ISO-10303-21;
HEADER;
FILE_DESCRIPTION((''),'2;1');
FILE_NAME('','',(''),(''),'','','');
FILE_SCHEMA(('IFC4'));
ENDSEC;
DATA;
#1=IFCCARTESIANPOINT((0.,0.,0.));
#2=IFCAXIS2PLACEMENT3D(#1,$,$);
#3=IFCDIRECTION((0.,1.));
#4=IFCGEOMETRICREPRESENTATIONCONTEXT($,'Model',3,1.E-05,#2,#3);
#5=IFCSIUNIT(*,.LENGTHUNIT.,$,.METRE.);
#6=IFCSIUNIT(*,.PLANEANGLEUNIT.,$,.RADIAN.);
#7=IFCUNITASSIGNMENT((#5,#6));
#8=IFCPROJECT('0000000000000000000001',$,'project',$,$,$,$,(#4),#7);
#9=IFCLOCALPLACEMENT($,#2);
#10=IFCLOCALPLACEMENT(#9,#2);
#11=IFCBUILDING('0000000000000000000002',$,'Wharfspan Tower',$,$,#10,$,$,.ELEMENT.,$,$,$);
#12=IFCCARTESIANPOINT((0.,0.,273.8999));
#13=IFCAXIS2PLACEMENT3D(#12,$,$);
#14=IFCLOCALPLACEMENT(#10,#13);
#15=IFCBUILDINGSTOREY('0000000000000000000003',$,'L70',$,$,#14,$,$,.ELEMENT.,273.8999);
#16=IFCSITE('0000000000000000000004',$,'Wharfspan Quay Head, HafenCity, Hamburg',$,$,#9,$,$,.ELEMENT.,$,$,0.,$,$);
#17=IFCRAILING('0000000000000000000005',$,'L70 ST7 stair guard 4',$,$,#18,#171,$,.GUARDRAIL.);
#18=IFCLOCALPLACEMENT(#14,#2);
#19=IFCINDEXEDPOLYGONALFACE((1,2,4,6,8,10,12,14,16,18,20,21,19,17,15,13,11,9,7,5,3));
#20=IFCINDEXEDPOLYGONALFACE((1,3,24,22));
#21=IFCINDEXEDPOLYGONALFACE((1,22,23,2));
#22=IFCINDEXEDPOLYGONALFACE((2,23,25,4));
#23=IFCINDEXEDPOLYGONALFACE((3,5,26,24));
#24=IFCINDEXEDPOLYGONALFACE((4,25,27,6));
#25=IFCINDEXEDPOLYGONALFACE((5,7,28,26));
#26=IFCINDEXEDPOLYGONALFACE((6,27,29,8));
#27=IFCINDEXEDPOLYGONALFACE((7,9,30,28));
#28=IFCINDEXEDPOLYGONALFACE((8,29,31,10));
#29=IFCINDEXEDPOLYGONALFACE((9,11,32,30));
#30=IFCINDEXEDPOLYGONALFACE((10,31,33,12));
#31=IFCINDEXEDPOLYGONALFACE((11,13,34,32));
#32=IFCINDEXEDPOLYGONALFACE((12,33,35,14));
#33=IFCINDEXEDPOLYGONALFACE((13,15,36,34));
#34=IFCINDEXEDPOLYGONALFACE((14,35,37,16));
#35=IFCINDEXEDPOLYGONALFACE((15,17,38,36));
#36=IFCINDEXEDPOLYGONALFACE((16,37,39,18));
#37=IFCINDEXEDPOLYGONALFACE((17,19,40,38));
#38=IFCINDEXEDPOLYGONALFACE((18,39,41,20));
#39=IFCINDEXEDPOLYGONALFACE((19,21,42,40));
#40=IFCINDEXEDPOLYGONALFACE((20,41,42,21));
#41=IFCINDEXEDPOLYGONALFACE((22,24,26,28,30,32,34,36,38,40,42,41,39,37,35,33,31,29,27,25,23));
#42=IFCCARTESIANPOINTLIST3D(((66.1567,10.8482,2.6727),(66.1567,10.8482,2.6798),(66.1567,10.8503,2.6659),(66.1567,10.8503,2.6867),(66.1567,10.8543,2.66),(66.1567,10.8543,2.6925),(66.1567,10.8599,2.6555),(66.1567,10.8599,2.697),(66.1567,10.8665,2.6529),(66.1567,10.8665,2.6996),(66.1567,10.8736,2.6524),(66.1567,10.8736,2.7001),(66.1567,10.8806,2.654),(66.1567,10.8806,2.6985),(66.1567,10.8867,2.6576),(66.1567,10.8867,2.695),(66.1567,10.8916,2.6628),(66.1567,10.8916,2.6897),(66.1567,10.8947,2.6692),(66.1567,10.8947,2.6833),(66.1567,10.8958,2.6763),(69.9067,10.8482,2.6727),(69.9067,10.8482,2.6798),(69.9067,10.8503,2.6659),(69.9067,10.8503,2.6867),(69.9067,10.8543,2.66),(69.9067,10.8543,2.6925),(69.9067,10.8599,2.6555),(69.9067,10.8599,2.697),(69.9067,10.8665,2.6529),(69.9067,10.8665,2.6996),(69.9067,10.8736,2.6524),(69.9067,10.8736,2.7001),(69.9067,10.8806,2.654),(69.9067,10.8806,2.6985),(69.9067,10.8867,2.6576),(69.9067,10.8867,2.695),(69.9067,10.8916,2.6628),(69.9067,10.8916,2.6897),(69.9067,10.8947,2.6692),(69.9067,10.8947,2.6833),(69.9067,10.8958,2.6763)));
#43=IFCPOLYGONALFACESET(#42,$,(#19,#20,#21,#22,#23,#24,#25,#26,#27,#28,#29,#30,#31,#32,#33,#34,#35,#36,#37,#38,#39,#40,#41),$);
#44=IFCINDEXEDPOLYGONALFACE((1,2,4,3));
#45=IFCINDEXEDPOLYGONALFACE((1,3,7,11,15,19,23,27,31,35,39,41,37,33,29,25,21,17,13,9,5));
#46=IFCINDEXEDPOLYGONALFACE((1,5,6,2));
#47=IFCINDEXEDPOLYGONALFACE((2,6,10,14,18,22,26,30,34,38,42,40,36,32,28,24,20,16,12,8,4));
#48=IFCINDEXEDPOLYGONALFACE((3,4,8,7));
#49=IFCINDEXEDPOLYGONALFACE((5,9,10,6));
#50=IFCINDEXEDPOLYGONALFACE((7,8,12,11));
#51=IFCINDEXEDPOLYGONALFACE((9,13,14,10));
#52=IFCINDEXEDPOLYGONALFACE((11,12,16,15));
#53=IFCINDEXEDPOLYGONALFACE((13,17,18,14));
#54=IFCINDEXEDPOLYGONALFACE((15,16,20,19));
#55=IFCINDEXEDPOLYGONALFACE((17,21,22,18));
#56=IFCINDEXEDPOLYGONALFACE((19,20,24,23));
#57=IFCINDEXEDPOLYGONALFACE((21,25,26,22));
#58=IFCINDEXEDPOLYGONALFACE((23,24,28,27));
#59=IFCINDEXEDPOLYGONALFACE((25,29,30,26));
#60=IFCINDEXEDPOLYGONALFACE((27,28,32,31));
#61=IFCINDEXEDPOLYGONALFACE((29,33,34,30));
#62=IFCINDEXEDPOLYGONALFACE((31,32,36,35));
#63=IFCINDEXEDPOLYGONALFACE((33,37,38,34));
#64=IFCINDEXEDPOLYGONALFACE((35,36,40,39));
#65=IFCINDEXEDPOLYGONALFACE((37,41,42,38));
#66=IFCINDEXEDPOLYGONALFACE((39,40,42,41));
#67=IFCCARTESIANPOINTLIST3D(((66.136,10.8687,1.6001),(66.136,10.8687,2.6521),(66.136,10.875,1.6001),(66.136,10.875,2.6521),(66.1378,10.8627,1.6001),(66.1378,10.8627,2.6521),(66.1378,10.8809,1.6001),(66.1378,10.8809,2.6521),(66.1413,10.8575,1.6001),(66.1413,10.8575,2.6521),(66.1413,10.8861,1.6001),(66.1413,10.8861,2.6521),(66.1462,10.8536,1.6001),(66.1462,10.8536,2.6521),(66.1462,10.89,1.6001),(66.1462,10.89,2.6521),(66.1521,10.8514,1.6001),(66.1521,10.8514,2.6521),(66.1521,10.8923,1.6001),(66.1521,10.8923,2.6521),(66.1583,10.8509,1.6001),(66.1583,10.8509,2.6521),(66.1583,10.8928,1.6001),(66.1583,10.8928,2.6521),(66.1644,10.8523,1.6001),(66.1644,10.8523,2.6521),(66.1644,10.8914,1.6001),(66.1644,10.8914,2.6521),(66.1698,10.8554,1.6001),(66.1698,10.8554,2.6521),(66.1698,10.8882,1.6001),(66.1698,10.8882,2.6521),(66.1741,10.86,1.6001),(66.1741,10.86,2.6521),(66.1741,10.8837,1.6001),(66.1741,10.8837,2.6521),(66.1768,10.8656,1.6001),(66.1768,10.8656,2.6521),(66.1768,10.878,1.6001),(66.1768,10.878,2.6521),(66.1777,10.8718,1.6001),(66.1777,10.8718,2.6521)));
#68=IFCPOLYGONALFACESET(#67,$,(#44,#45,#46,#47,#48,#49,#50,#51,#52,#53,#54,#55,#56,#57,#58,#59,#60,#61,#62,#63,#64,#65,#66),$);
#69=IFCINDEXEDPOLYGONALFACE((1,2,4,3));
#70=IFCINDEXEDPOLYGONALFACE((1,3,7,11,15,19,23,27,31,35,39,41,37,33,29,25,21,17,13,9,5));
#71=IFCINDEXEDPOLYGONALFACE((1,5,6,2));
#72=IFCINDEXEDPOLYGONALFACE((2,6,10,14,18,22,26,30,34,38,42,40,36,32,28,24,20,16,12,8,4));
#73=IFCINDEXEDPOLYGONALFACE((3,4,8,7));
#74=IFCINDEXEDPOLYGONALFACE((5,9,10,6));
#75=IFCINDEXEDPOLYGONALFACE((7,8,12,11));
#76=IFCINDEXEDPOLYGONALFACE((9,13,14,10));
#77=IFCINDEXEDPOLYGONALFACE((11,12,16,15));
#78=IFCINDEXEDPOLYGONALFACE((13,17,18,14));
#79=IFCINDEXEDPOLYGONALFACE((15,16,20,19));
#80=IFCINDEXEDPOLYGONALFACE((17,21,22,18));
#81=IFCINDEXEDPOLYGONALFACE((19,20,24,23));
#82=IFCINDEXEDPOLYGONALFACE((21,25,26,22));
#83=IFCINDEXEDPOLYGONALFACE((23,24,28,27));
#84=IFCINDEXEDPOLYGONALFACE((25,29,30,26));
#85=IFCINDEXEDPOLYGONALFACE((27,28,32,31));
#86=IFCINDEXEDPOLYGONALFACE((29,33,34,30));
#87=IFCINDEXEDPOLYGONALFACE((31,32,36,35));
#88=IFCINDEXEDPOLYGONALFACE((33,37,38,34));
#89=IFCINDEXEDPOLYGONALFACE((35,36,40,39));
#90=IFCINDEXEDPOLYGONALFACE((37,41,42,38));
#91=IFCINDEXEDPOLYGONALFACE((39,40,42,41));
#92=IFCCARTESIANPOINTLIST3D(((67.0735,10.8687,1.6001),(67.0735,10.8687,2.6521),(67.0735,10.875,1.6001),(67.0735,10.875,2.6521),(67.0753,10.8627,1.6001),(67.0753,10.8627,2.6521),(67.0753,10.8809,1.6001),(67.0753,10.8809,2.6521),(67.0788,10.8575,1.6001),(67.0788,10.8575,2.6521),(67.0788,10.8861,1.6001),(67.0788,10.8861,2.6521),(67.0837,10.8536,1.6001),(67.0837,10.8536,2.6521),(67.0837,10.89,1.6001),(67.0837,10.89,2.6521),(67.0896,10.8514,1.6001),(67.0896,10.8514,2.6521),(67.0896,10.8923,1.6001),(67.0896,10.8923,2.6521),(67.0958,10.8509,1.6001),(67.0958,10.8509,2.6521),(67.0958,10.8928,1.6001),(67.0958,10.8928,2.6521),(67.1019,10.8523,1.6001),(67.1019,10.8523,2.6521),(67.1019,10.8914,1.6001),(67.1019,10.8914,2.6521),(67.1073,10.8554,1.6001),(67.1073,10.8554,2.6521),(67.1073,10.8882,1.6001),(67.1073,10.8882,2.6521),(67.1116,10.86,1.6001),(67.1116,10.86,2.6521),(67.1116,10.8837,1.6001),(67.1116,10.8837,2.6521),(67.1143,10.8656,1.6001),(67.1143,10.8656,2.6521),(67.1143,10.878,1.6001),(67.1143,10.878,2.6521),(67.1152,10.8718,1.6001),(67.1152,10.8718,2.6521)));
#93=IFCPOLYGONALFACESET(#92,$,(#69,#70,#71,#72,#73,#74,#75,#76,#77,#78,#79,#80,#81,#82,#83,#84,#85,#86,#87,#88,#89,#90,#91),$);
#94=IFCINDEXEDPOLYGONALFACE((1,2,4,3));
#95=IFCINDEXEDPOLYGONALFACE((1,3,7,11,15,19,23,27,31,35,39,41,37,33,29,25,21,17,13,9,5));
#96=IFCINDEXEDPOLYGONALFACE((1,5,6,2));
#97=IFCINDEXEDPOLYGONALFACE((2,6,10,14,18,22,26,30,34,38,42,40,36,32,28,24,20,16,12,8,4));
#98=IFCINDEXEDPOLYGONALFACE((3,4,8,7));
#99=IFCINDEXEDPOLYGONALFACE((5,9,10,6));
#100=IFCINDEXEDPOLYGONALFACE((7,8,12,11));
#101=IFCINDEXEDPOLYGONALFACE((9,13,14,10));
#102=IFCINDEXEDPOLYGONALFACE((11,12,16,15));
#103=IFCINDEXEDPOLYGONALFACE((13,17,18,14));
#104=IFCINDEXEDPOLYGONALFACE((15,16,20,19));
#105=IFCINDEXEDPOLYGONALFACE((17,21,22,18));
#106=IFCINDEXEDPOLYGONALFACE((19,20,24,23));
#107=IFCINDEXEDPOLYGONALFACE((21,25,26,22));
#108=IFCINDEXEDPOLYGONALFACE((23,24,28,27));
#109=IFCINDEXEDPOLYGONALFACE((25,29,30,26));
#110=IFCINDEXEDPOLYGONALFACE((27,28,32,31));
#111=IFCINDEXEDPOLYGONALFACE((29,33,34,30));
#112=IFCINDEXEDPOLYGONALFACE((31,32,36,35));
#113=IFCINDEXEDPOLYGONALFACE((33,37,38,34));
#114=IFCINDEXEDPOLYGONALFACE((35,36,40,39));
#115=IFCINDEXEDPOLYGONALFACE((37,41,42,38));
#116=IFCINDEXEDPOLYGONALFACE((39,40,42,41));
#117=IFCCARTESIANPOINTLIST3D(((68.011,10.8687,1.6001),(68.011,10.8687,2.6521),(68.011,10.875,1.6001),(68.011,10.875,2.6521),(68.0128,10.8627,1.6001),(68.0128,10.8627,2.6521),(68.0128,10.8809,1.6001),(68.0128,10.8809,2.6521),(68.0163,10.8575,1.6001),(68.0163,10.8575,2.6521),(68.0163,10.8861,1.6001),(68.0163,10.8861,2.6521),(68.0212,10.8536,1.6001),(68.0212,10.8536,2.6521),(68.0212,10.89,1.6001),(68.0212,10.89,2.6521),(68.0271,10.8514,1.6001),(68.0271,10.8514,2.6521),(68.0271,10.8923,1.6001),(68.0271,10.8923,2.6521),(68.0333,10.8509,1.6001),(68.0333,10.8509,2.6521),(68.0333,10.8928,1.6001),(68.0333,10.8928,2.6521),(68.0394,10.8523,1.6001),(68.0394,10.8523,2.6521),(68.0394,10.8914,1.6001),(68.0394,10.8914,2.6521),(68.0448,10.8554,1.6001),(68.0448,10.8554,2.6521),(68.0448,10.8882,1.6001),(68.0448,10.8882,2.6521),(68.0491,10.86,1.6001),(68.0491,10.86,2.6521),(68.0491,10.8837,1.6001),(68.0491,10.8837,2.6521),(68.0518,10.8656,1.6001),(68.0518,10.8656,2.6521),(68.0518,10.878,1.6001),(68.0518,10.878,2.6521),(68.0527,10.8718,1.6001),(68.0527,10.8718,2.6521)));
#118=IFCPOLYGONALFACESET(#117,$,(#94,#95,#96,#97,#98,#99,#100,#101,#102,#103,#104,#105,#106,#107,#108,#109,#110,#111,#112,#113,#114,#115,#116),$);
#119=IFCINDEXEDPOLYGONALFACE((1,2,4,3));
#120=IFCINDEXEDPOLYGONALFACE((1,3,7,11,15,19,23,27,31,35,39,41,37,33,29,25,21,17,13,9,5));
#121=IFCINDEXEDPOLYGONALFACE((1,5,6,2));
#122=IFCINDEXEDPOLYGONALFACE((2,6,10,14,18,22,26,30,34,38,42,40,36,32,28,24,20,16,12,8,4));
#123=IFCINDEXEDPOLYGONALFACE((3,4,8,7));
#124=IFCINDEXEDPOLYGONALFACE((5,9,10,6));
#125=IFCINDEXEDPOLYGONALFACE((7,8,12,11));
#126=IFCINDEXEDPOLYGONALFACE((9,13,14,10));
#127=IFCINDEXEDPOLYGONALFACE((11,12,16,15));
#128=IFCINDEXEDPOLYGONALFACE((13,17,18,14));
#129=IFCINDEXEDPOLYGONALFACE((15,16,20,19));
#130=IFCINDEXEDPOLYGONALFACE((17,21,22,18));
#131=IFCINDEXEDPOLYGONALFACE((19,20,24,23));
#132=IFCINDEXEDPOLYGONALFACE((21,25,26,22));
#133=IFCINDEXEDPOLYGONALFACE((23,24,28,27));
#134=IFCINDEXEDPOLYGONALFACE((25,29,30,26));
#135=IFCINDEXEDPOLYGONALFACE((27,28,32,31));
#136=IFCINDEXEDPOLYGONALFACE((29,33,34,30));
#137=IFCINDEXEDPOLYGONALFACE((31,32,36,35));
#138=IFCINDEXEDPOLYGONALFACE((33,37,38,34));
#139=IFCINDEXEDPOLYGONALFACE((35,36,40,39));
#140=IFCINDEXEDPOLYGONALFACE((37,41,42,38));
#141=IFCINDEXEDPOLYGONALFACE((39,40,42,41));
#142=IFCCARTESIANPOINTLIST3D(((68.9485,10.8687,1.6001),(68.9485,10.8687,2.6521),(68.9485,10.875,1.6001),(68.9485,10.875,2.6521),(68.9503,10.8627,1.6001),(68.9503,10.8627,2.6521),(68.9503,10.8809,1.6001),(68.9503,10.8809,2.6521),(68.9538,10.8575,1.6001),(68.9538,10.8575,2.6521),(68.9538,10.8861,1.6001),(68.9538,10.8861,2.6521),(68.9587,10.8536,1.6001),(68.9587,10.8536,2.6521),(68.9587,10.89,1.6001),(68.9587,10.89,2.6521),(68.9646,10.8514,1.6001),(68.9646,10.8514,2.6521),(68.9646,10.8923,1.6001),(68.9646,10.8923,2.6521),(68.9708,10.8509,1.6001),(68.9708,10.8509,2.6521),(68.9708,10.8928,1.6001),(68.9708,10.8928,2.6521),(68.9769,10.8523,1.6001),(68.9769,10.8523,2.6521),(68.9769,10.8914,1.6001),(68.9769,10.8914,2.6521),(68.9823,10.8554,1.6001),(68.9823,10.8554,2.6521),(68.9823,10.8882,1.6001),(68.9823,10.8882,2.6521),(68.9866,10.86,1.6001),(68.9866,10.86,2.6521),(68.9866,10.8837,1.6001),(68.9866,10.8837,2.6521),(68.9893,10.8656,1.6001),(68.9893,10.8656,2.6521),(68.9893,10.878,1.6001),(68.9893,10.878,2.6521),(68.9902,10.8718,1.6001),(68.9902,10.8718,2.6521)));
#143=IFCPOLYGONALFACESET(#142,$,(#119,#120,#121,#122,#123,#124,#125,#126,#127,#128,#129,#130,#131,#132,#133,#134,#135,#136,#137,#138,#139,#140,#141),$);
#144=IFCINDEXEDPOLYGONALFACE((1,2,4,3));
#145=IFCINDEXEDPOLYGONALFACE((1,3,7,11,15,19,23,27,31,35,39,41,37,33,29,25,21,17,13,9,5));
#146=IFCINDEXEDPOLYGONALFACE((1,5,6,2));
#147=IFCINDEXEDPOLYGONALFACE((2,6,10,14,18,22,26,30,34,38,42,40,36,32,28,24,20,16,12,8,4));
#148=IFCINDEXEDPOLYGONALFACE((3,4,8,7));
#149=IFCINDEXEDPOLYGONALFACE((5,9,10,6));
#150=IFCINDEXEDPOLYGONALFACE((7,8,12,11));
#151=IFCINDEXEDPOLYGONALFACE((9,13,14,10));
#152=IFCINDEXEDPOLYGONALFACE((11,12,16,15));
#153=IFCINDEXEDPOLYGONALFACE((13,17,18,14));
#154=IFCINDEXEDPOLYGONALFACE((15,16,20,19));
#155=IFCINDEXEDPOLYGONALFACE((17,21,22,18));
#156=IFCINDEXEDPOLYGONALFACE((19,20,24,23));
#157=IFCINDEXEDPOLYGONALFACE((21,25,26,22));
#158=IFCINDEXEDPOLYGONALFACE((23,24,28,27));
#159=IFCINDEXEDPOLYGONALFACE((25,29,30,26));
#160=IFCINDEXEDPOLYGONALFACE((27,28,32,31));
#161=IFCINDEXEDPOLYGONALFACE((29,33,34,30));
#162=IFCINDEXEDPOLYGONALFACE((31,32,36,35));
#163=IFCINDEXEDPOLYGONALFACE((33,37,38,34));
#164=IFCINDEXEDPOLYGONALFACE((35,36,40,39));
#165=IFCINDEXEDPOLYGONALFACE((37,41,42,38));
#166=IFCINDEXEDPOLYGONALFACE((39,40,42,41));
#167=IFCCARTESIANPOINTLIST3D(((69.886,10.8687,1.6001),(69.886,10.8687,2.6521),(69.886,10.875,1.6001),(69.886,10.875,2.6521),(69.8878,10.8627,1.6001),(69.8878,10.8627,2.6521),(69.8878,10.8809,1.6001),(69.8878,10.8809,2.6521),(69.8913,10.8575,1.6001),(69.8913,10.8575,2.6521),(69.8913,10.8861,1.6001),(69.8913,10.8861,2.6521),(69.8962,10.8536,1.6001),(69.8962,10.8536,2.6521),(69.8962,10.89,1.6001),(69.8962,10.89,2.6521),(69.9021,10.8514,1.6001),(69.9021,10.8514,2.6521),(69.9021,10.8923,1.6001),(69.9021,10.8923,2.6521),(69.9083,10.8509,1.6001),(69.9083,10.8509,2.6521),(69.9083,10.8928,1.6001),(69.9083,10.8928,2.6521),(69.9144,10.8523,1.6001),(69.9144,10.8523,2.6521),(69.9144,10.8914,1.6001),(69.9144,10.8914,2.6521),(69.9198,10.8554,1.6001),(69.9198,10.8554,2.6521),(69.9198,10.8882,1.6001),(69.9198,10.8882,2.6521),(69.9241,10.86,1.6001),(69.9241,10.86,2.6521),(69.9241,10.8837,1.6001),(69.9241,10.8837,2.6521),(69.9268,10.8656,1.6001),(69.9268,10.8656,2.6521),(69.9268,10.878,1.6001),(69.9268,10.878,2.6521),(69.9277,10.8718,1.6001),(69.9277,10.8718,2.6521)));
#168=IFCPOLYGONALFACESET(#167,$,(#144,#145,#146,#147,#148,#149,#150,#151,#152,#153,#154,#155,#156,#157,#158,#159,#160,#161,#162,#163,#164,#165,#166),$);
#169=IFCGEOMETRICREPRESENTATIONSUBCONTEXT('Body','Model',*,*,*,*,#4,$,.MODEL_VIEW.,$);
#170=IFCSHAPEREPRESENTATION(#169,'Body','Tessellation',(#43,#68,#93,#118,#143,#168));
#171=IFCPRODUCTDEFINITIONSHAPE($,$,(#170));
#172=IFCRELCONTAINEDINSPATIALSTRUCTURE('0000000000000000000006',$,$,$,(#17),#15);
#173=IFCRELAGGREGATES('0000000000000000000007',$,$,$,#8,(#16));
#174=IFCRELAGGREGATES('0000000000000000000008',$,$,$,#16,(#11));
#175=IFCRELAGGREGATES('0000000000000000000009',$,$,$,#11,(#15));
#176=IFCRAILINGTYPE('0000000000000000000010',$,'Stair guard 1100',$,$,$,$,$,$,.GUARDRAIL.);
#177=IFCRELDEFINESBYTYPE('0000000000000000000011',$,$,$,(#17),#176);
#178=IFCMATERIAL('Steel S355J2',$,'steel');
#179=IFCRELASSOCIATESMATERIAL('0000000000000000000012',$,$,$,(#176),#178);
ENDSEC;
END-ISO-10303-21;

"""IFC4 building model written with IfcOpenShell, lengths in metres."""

from ifc_helpers import new_model, si_unit, direction, frame, origin, origin_2d, place, context, subcontext, project, spatial, circle, extrude, material, type_object, element, save


model = new_model("IFC4")

# Units and contexts
model_context = context("Model", 3, precision=1e-05, world=origin(), true_north=direction((0.0, 1.0)))
body_context = subcontext(model_context, "Body", "Model", "MODEL_VIEW")
ifc_project = project(units=[si_unit("LENGTHUNIT", "METRE"), si_unit("PLANEANGLEUNIT", "RADIAN")], contexts=[model_context])

# Site, building, storey
site_placement = place(None, origin())
site = spatial("IfcSite", under=ifc_project, at=site_placement, Name="Wharfspan Quay Head, HafenCity, Hamburg", CompositionType="ELEMENT", RefElevation=0.0)
building_placement = place(site_placement, origin())
building = spatial("IfcBuilding", under=site, at=building_placement, Name="Wharfspan Tower", CompositionType="ELEMENT")
storey_placement = place(building_placement, frame((0.0, 0.0, 273.8999)))
storey = spatial("IfcBuildingStorey", under=building, at=storey_placement, Name="L70", CompositionType="ELEMENT", Elevation=273.8999)

# Shared definitions
ifc_material_1 = material(Name="Steel S355J2", Category="steel")

# Railing
railing_type_1 = type_object("IfcRailingType", Name="Stair guard 1100", PredefinedType="GUARDRAIL", material=ifc_material_1)
railing_1_placement = place(storey_placement, frame((66.1567, 10.8718, 1.6001)))
element("IfcRailing", 1, at=railing_1_placement, inside=storey, type_object=railing_type_1, Name="L70 ST7 stair guard 4", PredefinedType="GUARDRAIL", context=body_context, shape_type="SweptSolid", body=[
    extrude(circle(Radius=0.0239, at=origin_2d()), frame((0.0, 0.0, 1.0762), z_axis=(1.0, 0.0, 0.0), x_axis=(0.0, 1.0, 0.0)), (0.0, 0.0, 1.0), 3.75),
    extrude(circle(Radius=0.021, at=origin_2d()), origin(), (0.0, 0.0, 1.0), 1.052),
    extrude(circle(Radius=0.021, at=origin_2d()), frame((0.9375, 0.0, 0.0)), (0.0, 0.0, 1.0), 1.052),
    extrude(circle(Radius=0.021, at=origin_2d()), frame((1.875, 0.0, 0.0)), (0.0, 0.0, 1.0), 1.052),
    extrude(circle(Radius=0.021, at=origin_2d()), frame((2.8125, 0.0, 0.0)), (0.0, 0.0, 1.0), 1.052),
    extrude(circle(Radius=0.021, at=origin_2d()), frame((3.75, 0.0, 0.0)), (0.0, 0.0, 1.0), 1.052),
])

save(model, "model.ifc")
